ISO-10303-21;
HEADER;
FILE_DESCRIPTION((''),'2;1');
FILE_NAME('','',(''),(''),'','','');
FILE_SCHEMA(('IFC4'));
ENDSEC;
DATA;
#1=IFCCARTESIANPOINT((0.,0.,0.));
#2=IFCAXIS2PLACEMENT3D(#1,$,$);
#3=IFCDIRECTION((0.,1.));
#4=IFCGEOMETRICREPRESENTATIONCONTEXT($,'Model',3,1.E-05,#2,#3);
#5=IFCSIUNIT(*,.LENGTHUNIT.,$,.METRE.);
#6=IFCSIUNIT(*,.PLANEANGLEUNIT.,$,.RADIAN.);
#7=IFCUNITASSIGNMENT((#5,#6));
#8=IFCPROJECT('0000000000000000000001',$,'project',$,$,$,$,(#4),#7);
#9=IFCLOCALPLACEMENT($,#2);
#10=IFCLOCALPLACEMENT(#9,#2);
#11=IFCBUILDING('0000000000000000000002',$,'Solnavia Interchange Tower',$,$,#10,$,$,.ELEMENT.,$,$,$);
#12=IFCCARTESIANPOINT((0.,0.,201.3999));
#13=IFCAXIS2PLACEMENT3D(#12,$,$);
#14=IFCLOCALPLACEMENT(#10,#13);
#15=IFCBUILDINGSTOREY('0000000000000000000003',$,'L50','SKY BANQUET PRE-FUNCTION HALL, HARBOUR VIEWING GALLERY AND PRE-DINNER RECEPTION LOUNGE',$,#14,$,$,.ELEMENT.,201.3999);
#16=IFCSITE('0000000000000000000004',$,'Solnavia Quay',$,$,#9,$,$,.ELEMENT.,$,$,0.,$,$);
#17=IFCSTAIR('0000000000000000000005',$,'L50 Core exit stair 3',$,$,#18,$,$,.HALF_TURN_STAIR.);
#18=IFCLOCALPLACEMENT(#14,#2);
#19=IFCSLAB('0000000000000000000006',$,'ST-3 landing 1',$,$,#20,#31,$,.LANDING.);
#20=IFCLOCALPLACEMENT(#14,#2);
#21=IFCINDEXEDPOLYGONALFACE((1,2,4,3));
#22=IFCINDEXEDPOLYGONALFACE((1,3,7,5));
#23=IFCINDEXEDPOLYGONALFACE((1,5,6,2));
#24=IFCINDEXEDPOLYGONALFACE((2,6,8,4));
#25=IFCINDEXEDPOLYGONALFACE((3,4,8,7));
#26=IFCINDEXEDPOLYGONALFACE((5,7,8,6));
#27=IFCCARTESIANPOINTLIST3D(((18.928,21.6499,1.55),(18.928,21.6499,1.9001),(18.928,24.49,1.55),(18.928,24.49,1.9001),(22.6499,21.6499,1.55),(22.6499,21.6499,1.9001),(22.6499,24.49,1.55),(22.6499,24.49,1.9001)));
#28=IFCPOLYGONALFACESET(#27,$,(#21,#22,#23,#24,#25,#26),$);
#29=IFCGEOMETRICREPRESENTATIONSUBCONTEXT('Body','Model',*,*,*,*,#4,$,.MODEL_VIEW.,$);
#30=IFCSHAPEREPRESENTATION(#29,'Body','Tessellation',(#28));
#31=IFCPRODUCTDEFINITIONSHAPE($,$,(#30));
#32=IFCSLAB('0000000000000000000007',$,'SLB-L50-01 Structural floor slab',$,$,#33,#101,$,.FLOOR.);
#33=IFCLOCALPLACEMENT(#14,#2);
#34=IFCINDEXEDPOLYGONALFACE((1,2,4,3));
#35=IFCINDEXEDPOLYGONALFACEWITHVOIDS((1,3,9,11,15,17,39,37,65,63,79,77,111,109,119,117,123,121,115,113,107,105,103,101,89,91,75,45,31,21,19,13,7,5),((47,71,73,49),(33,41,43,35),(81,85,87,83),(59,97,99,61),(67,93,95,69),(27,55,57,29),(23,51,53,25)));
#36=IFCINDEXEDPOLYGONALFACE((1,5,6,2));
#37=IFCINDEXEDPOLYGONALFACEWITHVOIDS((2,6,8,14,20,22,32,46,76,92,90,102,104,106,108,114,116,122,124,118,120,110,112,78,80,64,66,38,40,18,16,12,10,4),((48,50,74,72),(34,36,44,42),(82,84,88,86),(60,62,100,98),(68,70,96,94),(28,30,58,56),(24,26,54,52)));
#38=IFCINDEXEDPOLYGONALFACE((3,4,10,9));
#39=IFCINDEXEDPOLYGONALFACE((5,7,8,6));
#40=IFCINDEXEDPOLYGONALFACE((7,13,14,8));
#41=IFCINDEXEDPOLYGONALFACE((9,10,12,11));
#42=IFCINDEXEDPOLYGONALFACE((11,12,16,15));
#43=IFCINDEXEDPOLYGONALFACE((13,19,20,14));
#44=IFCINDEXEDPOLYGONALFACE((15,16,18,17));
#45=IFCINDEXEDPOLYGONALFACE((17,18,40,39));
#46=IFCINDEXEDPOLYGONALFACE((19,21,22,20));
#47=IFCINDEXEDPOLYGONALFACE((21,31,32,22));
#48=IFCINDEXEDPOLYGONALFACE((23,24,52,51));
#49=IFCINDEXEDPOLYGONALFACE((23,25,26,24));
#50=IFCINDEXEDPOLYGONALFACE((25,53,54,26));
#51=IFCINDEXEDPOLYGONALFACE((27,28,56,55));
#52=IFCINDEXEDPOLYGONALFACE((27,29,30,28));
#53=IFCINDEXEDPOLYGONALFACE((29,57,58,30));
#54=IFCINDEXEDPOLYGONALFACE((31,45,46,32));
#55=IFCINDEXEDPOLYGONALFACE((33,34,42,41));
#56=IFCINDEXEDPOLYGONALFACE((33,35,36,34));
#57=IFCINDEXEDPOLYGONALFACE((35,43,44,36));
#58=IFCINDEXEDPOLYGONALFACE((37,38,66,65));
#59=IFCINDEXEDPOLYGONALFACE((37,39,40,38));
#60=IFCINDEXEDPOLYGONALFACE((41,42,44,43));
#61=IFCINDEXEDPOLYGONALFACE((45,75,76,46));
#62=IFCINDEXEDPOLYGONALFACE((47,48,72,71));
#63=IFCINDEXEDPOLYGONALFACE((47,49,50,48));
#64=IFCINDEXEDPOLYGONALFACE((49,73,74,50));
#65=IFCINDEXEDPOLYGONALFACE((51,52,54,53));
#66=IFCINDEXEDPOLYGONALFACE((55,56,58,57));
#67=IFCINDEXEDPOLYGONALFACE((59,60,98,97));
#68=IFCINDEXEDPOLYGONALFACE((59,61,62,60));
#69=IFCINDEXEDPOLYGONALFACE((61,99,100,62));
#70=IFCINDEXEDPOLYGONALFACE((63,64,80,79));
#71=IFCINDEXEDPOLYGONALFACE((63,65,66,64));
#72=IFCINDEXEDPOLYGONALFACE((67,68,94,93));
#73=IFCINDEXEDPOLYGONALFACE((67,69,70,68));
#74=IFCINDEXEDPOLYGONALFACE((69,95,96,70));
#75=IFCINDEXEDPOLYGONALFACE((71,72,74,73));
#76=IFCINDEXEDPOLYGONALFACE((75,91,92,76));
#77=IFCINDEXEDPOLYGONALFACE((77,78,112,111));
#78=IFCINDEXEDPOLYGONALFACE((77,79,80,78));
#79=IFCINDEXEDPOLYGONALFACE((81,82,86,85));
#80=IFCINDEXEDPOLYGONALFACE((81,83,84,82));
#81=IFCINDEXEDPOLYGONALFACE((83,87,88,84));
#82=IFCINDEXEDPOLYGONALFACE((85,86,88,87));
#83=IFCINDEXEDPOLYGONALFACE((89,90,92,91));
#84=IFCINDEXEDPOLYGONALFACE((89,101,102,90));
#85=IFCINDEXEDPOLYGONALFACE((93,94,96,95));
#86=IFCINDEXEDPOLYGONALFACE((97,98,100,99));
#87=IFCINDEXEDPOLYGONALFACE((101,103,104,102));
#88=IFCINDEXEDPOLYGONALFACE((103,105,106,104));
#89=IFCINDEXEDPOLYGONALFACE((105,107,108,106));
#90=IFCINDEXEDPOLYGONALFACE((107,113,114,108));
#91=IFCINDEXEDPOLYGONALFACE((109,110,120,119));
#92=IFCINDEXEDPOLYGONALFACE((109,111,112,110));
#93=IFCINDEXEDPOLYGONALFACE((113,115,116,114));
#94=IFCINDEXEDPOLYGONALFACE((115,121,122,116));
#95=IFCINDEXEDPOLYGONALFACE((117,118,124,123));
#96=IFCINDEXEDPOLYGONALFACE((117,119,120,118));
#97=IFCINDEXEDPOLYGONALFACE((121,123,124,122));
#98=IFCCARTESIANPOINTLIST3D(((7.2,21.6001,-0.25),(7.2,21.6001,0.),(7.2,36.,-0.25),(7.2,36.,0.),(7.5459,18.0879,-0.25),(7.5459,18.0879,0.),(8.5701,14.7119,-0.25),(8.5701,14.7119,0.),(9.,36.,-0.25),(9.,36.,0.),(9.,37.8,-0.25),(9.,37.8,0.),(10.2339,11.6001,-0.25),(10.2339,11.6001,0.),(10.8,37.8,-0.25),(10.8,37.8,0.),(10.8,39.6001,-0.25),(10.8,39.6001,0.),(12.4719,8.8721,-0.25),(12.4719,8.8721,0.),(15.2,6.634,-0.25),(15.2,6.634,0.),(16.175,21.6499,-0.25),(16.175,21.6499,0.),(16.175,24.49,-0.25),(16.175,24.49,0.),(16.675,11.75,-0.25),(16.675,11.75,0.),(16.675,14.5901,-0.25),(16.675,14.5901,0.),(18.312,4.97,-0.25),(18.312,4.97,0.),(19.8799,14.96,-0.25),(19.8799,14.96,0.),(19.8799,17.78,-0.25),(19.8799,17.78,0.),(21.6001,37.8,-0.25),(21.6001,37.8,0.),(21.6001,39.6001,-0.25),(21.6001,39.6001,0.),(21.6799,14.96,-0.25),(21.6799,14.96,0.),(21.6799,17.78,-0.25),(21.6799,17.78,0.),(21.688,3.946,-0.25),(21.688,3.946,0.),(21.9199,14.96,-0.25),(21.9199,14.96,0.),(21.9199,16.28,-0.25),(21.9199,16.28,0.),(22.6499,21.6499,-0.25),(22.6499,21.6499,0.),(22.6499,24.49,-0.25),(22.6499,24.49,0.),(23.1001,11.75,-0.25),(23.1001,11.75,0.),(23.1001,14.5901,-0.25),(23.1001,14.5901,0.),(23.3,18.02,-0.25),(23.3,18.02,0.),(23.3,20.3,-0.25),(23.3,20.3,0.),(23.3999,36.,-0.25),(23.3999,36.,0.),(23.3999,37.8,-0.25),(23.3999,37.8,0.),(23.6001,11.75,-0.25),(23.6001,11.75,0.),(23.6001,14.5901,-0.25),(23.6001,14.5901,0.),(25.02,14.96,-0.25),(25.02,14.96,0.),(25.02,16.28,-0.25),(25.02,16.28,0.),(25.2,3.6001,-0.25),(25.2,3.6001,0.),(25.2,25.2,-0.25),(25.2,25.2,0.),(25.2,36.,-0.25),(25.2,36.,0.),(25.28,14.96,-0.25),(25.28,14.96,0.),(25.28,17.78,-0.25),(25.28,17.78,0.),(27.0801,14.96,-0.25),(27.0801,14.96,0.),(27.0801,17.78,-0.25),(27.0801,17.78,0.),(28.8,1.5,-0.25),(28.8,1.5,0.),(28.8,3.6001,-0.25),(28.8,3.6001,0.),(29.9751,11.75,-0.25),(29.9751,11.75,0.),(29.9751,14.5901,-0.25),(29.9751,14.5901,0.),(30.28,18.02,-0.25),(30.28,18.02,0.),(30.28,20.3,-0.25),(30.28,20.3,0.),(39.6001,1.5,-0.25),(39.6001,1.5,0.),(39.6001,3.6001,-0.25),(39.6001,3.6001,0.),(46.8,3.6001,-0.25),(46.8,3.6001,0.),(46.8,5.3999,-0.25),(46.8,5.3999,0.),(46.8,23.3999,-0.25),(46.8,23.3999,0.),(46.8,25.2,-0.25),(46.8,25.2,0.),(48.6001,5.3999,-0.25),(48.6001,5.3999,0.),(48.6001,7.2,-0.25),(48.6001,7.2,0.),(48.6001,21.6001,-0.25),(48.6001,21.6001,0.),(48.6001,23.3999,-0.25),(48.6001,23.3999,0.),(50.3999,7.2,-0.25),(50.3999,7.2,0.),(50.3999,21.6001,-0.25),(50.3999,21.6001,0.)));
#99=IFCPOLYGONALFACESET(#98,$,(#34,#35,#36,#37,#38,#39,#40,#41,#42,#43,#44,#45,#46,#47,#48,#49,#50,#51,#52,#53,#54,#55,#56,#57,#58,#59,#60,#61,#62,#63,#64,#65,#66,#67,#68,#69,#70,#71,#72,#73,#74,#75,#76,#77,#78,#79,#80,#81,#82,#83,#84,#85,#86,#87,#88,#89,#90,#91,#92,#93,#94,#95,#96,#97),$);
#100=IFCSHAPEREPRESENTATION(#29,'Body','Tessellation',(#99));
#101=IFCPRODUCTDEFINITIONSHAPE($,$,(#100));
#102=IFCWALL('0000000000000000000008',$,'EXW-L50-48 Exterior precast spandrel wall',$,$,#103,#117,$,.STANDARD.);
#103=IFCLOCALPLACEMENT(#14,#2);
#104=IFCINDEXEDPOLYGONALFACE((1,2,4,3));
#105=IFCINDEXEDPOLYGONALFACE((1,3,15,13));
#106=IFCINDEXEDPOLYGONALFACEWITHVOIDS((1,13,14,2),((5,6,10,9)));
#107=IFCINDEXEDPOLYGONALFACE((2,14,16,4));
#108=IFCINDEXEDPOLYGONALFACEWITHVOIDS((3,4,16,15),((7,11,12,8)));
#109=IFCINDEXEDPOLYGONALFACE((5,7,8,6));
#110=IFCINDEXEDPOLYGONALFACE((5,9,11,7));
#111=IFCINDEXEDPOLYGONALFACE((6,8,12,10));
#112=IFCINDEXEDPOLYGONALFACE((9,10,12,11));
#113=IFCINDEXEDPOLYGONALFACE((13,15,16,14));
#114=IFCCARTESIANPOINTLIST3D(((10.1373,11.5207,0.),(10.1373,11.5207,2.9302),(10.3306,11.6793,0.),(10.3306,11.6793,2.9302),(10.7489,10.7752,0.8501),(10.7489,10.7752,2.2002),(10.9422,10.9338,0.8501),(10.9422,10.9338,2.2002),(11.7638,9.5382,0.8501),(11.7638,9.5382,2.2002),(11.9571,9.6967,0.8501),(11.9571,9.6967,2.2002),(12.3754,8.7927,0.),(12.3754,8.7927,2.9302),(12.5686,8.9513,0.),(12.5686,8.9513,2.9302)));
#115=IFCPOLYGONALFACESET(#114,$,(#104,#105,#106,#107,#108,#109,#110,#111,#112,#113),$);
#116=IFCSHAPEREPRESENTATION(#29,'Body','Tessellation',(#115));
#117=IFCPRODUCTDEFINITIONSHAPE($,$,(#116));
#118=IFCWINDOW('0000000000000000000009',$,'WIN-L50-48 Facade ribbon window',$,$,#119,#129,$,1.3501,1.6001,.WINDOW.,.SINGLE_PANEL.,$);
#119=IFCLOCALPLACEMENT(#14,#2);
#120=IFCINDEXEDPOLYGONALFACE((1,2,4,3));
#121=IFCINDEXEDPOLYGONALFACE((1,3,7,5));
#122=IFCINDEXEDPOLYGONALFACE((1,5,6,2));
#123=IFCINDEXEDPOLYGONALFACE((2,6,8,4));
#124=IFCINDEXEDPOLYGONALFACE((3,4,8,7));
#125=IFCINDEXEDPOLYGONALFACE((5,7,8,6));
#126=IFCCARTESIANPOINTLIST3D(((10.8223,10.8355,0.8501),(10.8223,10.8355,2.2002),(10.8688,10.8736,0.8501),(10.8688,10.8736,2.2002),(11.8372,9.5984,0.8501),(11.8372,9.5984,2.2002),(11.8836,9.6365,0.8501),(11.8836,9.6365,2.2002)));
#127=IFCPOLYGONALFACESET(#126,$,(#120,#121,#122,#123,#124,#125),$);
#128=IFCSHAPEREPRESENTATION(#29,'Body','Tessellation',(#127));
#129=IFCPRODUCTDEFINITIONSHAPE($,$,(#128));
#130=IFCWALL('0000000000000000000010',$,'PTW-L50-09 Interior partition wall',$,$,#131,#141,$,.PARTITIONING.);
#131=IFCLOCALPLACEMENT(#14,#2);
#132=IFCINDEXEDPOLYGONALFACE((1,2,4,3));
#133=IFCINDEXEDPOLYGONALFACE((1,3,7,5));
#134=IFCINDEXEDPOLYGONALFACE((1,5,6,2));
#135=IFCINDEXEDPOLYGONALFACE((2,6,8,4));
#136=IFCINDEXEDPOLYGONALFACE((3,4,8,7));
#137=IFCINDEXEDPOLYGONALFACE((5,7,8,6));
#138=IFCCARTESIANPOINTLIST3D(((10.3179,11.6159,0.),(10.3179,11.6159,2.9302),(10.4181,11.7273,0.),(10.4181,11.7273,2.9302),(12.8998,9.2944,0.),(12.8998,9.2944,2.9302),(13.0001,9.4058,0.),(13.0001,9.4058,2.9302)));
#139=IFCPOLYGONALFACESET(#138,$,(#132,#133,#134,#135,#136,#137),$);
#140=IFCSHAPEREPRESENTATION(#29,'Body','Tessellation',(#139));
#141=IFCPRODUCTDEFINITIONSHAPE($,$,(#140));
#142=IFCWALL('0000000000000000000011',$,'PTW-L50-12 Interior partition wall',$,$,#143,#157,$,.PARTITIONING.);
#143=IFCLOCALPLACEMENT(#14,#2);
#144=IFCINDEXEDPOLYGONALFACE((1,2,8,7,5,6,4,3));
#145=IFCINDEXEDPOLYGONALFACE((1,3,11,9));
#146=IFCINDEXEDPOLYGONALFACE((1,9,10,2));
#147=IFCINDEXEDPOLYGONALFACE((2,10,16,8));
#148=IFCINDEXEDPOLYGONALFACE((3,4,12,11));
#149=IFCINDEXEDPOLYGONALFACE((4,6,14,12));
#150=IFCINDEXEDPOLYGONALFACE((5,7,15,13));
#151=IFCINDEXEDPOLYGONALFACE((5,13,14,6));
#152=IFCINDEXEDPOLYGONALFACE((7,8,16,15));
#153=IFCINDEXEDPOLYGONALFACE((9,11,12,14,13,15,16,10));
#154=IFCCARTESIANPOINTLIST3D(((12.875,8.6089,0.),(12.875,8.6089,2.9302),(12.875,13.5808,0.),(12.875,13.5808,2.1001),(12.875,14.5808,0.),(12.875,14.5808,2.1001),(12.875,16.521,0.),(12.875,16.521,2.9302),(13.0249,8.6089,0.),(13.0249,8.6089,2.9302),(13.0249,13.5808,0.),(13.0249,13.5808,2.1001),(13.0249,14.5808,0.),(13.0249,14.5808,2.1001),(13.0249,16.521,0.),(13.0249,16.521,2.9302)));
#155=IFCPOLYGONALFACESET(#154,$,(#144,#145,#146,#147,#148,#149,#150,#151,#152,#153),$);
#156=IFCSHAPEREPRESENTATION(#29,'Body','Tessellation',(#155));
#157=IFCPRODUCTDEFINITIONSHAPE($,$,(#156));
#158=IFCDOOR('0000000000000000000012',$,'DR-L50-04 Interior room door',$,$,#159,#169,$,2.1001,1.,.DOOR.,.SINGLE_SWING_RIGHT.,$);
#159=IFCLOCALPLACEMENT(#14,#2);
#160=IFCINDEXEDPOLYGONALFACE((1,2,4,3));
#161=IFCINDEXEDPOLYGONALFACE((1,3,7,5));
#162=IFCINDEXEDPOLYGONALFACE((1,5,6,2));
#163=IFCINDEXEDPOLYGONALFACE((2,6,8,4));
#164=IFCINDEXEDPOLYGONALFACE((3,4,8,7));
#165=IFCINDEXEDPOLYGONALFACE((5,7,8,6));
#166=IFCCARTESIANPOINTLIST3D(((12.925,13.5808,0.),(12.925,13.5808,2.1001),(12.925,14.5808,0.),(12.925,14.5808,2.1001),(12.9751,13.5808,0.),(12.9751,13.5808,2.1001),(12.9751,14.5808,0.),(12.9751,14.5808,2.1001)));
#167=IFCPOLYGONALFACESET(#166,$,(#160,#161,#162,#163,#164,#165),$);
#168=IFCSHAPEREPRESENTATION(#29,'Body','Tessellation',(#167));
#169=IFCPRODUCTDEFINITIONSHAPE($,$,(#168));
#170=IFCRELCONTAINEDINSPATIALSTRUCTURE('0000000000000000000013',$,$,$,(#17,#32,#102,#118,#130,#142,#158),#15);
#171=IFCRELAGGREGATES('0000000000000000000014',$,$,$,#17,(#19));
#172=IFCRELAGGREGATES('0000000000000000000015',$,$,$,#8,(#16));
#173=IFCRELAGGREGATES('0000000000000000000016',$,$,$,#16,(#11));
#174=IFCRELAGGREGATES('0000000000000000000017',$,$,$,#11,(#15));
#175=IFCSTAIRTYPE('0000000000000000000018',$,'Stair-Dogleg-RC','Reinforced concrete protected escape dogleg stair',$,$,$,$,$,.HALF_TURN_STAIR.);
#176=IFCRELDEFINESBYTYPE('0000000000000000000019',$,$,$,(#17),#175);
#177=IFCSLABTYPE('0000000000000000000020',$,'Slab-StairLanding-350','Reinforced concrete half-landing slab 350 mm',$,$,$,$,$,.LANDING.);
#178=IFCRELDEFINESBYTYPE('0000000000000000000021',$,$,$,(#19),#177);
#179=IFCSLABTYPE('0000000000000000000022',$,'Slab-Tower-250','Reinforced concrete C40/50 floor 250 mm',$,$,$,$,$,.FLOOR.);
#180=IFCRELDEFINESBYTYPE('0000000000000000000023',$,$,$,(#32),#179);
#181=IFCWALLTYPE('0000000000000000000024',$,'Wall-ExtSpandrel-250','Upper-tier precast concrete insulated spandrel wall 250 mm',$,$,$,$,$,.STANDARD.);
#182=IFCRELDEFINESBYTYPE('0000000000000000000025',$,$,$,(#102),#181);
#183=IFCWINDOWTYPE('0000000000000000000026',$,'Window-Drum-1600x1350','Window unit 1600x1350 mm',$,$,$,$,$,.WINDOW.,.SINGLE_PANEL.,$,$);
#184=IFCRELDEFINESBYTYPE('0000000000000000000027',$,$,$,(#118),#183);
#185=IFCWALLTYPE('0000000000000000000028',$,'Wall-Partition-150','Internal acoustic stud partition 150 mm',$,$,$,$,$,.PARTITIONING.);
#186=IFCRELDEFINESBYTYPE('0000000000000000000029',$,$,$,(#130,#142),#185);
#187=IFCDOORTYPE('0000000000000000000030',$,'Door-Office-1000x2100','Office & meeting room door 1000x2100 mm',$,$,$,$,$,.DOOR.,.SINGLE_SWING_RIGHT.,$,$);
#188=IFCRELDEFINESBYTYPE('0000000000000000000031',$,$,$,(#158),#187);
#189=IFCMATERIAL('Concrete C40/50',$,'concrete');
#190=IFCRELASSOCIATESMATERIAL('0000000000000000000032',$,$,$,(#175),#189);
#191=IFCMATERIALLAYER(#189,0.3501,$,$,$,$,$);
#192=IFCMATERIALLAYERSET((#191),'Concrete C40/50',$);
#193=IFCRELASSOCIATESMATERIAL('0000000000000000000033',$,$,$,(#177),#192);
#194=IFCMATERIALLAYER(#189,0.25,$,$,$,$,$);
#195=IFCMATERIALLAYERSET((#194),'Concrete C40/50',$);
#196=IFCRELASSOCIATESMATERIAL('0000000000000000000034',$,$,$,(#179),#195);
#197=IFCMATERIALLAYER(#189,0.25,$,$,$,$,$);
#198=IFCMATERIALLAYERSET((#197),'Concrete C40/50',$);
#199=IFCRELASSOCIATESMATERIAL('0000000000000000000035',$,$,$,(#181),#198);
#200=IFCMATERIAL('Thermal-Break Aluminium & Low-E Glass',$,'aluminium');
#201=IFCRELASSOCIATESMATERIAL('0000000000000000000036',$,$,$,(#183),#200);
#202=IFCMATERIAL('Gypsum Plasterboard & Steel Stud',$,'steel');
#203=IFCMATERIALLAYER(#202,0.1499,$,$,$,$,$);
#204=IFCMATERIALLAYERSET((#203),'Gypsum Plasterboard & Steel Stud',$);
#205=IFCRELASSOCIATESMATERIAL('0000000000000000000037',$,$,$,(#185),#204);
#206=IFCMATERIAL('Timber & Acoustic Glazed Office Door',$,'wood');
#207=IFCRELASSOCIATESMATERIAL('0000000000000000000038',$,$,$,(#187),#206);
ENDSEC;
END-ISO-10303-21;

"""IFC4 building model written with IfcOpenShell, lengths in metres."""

from ifc_helpers import new_model, si_unit, direction, frame, frame_2d, origin, place, context, subcontext, project, spatial, polyline, rectangle, outline, extrude, material, layer, layer_set, type_object, element, fill, aggregate, save


model = new_model("IFC4")

# Units and contexts
model_context = context("Model", 3, precision=1e-05, world=origin(), true_north=direction((0.0, 1.0)))
body_context = subcontext(model_context, "Body", "Model", "MODEL_VIEW")
ifc_project = project(units=[si_unit("LENGTHUNIT", "METRE"), si_unit("PLANEANGLEUNIT", "RADIAN")], contexts=[model_context])

# Site, building, storey
site_placement = place(None, origin())
site = spatial("IfcSite", under=ifc_project, at=site_placement, Name="Solnavia Quay", CompositionType="ELEMENT", RefElevation=0.0)
building_placement = place(site_placement, origin())
building = spatial("IfcBuilding", under=site, at=building_placement, Name="Solnavia Interchange Tower", CompositionType="ELEMENT")
storey_placement = place(building_placement, frame((0.0, 0.0, 201.3999)))
storey = spatial("IfcBuildingStorey", under=building, at=storey_placement, Name="L50", Description="SKY BANQUET PRE-FUNCTION HALL, HARBOUR VIEWING GALLERY AND PRE-DINNER RECEPTION LOUNGE", CompositionType="ELEMENT", Elevation=201.3999)

# Stair, slab
ifc_material_1 = material(Name="Concrete C40/50", Category="concrete")
stair_type = type_object("IfcStairType", Name="Stair-Dogleg-RC", Description="Reinforced concrete protected escape dogleg stair", PredefinedType="HALF_TURN_STAIR", material=ifc_material_1)
ifc_layer_1 = layer(ifc_material_1, 0.3501)
ifc_layer_set_1 = layer_set([ifc_layer_1], Name="Concrete C40/50")
slab_type_1 = type_object("IfcSlabType", Name="Slab-StairLanding-350", Description="Reinforced concrete half-landing slab 350 mm", PredefinedType="LANDING", material=ifc_layer_set_1)
stair_1_placement = place(storey_placement, origin())
stair_1 = element("IfcStair", 1, at=stair_1_placement, inside=storey, type_object=stair_type, Name="L50 Core exit stair 3", PredefinedType="HALF_TURN_STAIR")
slab_1_placement = place(storey_placement, frame((0.0, 0.0, 1.55)))
slab_1 = element("IfcSlab", 2, at=slab_1_placement, type_object=slab_type_1, Name="ST-3 landing 1", PredefinedType="LANDING", context=body_context, shape_type="SweptSolid", body=[
    extrude(outline(polyline([(18.928, 21.6499), (22.6499, 21.6499), (22.6499, 24.49), (18.928, 24.49), (18.928, 21.6499)])), origin(), (0.0, 0.0, 1.0), 0.3501),
])
aggregate(stair_1, [slab_1])

# Slab
ifc_layer_2 = layer(ifc_material_1, 0.25)
ifc_layer_set_2 = layer_set([ifc_layer_2], Name="Concrete C40/50")
slab_type_2 = type_object("IfcSlabType", Name="Slab-Tower-250", Description="Reinforced concrete C40/50 floor 250 mm", PredefinedType="FLOOR", material=ifc_layer_set_2)
slab_2_placement = place(storey_placement, frame((0.0, 0.0, -0.25)))
element("IfcSlab", 3, at=slab_2_placement, inside=storey, type_object=slab_type_2, Name="SLB-L50-01 Structural floor slab", PredefinedType="FLOOR", context=body_context, shape_type="SweptSolid", body=[
    extrude(outline(polyline([(25.2, 3.6001), (28.8, 3.6001), (28.8, 1.5), (39.6001, 1.5), (39.6001, 3.6001), (46.8, 3.6001), (46.8, 5.3999), (48.6001, 5.3999), (48.6001, 7.2), (50.3999, 7.2), (50.3999, 21.6001), (48.6001, 21.6001), (48.6001, 23.3999), (46.8, 23.3999), (46.8, 25.2), (25.2, 25.2), (25.2, 36.0), (23.3999, 36.0), (23.3999, 37.8), (21.6001, 37.8), (21.6001, 39.6001), (10.8, 39.6001), (10.8, 37.8), (9.0, 37.8), (9.0, 36.0), (7.2, 36.0), (7.2, 21.6001), (7.5459, 18.0879), (8.5701, 14.7119), (10.2339, 11.6001), (12.4719, 8.8721), (15.2, 6.634), (18.312, 4.97), (21.688, 3.946), (25.2, 3.6001)]), holes=[polyline([(16.675, 11.75), (23.1001, 11.75), (23.1001, 14.5901), (16.675, 14.5901), (16.675, 11.75)]), polyline([(23.6001, 11.75), (29.9751, 11.75), (29.9751, 14.5901), (23.6001, 14.5901), (23.6001, 11.75)]), polyline([(16.175, 21.6499), (22.6499, 21.6499), (22.6499, 24.49), (16.175, 24.49), (16.175, 21.6499)]), polyline([(19.8799, 14.96), (21.6799, 14.96), (21.6799, 17.78), (19.8799, 17.78), (19.8799, 14.96)]), polyline([(25.28, 14.96), (27.0801, 14.96), (27.0801, 17.78), (25.28, 17.78), (25.28, 14.96)]), polyline([(21.9199, 14.96), (25.02, 14.96), (25.02, 16.28), (21.9199, 16.28), (21.9199, 14.96)]), polyline([(23.3, 18.02), (30.28, 18.02), (30.28, 20.3), (23.3, 20.3), (23.3, 18.02)])]), origin(), (0.0, 0.0, 1.0), 0.25),
])

# Wall, opening, window
ifc_layer_3 = layer(ifc_material_1, 0.25)
ifc_layer_set_3 = layer_set([ifc_layer_3], Name="Concrete C40/50")
wall_type_1 = type_object("IfcWallType", Name="Wall-ExtSpandrel-250", Description="Upper-tier precast concrete insulated spandrel wall 250 mm", PredefinedType="STANDARD", material=ifc_layer_set_3)
wall_1_placement = place(storey_placement, frame((12.4719, 8.8721, 0.0), z_axis=(0.0, 0.0, 1.0), x_axis=(-0.634258, 0.773121, 0.0)))
wall_1 = element("IfcWall", 4, at=wall_1_placement, inside=storey, type_object=wall_type_1, Name="EXW-L50-48 Exterior precast spandrel wall", PredefinedType="STANDARD", context=body_context, shape_type="SweptSolid", body=[
    extrude(rectangle(XDim=3.5286, YDim=0.25, at=frame_2d((1.7642, 0.0))), origin(), (0.0, 0.0, 1.0), 2.9302),
])
opening_1_placement = place(wall_1_placement, frame((0.9641, 0.0, 0.8501)))
opening_1 = element("IfcOpeningElement", 5, at=opening_1_placement, cuts=wall_1, PredefinedType="OPENING", context=body_context, shape_type="SweptSolid", body=[
    extrude(rectangle(XDim=1.6001, YDim=1.3501, at=frame_2d((0.8, 0.675))), frame((0.0, 0.135, 0.0), z_axis=(0.0, -1.0, 0.0), x_axis=(1.0, 0.0, 0.0)), (0.0, 0.0, 1.0), 0.27),
])
ifc_material_2 = material(Name="Thermal-Break Aluminium & Low-E Glass", Category="aluminium")
window_type = type_object("IfcWindowType", Name="Window-Drum-1600x1350", Description="Window unit 1600x1350 mm", PartitioningType="SINGLE_PANEL", PredefinedType="WINDOW", material=ifc_material_2)
window_placement = place(opening_1_placement, origin())
window = element("IfcWindow", 6, at=window_placement, inside=storey, type_object=window_type, Name="WIN-L50-48 Facade ribbon window", OverallHeight=1.3501, OverallWidth=1.6001, PartitioningType="SINGLE_PANEL", PredefinedType="WINDOW", context=body_context, shape_type="SweptSolid", body=[
    extrude(rectangle(XDim=1.6001, YDim=1.3501, at=frame_2d((0.8, 0.675))), frame((0.0, 0.03, 0.0), z_axis=(0.0, -1.0, 0.0), x_axis=(1.0, 0.0, 0.0)), (0.0, 0.0, 1.0), 0.0601),
])
fill(opening_1, window)

# Wall
ifc_material_3 = material(Name="Gypsum Plasterboard & Steel Stud", Category="steel")
ifc_layer_4 = layer(ifc_material_3, 0.1499)
ifc_layer_set_4 = layer_set([ifc_layer_4], Name="Gypsum Plasterboard & Steel Stud")
wall_type_2 = type_object("IfcWallType", Name="Wall-Partition-150", Description="Internal acoustic stud partition 150 mm", PredefinedType="PARTITIONING", material=ifc_layer_set_4)
wall_2_placement = place(storey_placement, frame((12.95, 9.3501, 0.0), z_axis=(0.0, 0.0, 1.0), x_axis=(-0.743623, 0.668599, 0.0)))
element("IfcWall", 7, at=wall_2_placement, inside=storey, type_object=wall_type_2, Name="PTW-L50-09 Interior partition wall", PredefinedType="PARTITIONING", context=body_context, shape_type="SweptSolid", body=[
    extrude(rectangle(XDim=3.4722, YDim=0.1499, at=frame_2d((1.7361, 0.0))), origin(), (0.0, 0.0, 1.0), 2.9302),
])

# Wall, opening, door
wall_3_placement = place(storey_placement, frame((12.95, 8.6089, 0.0), z_axis=(0.0, 0.0, 1.0), x_axis=(0.0, 1.0, 0.0)))
wall_3 = element("IfcWall", 8, at=wall_3_placement, inside=storey, type_object=wall_type_2, Name="PTW-L50-12 Interior partition wall", PredefinedType="PARTITIONING", context=body_context, shape_type="SweptSolid", body=[
    extrude(rectangle(XDim=7.9121, YDim=0.1499, at=frame_2d((3.9561, 0.0))), origin(), (0.0, 0.0, 1.0), 2.9302),
])
opening_2_placement = place(wall_3_placement, frame((4.9719, 0.0, 0.0)))
opening_2 = element("IfcOpeningElement", 9, at=opening_2_placement, cuts=wall_3, PredefinedType="OPENING", context=body_context, shape_type="SweptSolid", body=[
    extrude(rectangle(XDim=1.0, YDim=2.1001, at=frame_2d((0.5, 1.05))), frame((0.0, 0.085, 0.0), z_axis=(0.0, -1.0, 0.0), x_axis=(1.0, 0.0, 0.0)), (0.0, 0.0, 1.0), 0.1699),
])
ifc_material_4 = material(Name="Timber & Acoustic Glazed Office Door", Category="wood")
door_type_1 = type_object("IfcDoorType", Name="Door-Office-1000x2100", Description="Office & meeting room door 1000x2100 mm", OperationType="SINGLE_SWING_RIGHT", PredefinedType="DOOR", material=ifc_material_4)
door_1_placement = place(opening_2_placement, origin())
door_1 = element("IfcDoor", 10, at=door_1_placement, inside=storey, type_object=door_type_1, Name="DR-L50-04 Interior room door", OperationType="SINGLE_SWING_RIGHT", OverallHeight=2.1001, OverallWidth=1.0, PredefinedType="DOOR", context=body_context, shape_type="SweptSolid", body=[
    extrude(rectangle(XDim=1.0, YDim=2.1001, at=frame_2d((0.5, 1.05))), frame((0.0, 0.0249, 0.0), z_axis=(0.0, -1.0, 0.0), x_axis=(1.0, 0.0, 0.0)), (0.0, 0.0, 1.0), 0.05),
])
fill(opening_2, door_1)

save(model, "model.ifc")
